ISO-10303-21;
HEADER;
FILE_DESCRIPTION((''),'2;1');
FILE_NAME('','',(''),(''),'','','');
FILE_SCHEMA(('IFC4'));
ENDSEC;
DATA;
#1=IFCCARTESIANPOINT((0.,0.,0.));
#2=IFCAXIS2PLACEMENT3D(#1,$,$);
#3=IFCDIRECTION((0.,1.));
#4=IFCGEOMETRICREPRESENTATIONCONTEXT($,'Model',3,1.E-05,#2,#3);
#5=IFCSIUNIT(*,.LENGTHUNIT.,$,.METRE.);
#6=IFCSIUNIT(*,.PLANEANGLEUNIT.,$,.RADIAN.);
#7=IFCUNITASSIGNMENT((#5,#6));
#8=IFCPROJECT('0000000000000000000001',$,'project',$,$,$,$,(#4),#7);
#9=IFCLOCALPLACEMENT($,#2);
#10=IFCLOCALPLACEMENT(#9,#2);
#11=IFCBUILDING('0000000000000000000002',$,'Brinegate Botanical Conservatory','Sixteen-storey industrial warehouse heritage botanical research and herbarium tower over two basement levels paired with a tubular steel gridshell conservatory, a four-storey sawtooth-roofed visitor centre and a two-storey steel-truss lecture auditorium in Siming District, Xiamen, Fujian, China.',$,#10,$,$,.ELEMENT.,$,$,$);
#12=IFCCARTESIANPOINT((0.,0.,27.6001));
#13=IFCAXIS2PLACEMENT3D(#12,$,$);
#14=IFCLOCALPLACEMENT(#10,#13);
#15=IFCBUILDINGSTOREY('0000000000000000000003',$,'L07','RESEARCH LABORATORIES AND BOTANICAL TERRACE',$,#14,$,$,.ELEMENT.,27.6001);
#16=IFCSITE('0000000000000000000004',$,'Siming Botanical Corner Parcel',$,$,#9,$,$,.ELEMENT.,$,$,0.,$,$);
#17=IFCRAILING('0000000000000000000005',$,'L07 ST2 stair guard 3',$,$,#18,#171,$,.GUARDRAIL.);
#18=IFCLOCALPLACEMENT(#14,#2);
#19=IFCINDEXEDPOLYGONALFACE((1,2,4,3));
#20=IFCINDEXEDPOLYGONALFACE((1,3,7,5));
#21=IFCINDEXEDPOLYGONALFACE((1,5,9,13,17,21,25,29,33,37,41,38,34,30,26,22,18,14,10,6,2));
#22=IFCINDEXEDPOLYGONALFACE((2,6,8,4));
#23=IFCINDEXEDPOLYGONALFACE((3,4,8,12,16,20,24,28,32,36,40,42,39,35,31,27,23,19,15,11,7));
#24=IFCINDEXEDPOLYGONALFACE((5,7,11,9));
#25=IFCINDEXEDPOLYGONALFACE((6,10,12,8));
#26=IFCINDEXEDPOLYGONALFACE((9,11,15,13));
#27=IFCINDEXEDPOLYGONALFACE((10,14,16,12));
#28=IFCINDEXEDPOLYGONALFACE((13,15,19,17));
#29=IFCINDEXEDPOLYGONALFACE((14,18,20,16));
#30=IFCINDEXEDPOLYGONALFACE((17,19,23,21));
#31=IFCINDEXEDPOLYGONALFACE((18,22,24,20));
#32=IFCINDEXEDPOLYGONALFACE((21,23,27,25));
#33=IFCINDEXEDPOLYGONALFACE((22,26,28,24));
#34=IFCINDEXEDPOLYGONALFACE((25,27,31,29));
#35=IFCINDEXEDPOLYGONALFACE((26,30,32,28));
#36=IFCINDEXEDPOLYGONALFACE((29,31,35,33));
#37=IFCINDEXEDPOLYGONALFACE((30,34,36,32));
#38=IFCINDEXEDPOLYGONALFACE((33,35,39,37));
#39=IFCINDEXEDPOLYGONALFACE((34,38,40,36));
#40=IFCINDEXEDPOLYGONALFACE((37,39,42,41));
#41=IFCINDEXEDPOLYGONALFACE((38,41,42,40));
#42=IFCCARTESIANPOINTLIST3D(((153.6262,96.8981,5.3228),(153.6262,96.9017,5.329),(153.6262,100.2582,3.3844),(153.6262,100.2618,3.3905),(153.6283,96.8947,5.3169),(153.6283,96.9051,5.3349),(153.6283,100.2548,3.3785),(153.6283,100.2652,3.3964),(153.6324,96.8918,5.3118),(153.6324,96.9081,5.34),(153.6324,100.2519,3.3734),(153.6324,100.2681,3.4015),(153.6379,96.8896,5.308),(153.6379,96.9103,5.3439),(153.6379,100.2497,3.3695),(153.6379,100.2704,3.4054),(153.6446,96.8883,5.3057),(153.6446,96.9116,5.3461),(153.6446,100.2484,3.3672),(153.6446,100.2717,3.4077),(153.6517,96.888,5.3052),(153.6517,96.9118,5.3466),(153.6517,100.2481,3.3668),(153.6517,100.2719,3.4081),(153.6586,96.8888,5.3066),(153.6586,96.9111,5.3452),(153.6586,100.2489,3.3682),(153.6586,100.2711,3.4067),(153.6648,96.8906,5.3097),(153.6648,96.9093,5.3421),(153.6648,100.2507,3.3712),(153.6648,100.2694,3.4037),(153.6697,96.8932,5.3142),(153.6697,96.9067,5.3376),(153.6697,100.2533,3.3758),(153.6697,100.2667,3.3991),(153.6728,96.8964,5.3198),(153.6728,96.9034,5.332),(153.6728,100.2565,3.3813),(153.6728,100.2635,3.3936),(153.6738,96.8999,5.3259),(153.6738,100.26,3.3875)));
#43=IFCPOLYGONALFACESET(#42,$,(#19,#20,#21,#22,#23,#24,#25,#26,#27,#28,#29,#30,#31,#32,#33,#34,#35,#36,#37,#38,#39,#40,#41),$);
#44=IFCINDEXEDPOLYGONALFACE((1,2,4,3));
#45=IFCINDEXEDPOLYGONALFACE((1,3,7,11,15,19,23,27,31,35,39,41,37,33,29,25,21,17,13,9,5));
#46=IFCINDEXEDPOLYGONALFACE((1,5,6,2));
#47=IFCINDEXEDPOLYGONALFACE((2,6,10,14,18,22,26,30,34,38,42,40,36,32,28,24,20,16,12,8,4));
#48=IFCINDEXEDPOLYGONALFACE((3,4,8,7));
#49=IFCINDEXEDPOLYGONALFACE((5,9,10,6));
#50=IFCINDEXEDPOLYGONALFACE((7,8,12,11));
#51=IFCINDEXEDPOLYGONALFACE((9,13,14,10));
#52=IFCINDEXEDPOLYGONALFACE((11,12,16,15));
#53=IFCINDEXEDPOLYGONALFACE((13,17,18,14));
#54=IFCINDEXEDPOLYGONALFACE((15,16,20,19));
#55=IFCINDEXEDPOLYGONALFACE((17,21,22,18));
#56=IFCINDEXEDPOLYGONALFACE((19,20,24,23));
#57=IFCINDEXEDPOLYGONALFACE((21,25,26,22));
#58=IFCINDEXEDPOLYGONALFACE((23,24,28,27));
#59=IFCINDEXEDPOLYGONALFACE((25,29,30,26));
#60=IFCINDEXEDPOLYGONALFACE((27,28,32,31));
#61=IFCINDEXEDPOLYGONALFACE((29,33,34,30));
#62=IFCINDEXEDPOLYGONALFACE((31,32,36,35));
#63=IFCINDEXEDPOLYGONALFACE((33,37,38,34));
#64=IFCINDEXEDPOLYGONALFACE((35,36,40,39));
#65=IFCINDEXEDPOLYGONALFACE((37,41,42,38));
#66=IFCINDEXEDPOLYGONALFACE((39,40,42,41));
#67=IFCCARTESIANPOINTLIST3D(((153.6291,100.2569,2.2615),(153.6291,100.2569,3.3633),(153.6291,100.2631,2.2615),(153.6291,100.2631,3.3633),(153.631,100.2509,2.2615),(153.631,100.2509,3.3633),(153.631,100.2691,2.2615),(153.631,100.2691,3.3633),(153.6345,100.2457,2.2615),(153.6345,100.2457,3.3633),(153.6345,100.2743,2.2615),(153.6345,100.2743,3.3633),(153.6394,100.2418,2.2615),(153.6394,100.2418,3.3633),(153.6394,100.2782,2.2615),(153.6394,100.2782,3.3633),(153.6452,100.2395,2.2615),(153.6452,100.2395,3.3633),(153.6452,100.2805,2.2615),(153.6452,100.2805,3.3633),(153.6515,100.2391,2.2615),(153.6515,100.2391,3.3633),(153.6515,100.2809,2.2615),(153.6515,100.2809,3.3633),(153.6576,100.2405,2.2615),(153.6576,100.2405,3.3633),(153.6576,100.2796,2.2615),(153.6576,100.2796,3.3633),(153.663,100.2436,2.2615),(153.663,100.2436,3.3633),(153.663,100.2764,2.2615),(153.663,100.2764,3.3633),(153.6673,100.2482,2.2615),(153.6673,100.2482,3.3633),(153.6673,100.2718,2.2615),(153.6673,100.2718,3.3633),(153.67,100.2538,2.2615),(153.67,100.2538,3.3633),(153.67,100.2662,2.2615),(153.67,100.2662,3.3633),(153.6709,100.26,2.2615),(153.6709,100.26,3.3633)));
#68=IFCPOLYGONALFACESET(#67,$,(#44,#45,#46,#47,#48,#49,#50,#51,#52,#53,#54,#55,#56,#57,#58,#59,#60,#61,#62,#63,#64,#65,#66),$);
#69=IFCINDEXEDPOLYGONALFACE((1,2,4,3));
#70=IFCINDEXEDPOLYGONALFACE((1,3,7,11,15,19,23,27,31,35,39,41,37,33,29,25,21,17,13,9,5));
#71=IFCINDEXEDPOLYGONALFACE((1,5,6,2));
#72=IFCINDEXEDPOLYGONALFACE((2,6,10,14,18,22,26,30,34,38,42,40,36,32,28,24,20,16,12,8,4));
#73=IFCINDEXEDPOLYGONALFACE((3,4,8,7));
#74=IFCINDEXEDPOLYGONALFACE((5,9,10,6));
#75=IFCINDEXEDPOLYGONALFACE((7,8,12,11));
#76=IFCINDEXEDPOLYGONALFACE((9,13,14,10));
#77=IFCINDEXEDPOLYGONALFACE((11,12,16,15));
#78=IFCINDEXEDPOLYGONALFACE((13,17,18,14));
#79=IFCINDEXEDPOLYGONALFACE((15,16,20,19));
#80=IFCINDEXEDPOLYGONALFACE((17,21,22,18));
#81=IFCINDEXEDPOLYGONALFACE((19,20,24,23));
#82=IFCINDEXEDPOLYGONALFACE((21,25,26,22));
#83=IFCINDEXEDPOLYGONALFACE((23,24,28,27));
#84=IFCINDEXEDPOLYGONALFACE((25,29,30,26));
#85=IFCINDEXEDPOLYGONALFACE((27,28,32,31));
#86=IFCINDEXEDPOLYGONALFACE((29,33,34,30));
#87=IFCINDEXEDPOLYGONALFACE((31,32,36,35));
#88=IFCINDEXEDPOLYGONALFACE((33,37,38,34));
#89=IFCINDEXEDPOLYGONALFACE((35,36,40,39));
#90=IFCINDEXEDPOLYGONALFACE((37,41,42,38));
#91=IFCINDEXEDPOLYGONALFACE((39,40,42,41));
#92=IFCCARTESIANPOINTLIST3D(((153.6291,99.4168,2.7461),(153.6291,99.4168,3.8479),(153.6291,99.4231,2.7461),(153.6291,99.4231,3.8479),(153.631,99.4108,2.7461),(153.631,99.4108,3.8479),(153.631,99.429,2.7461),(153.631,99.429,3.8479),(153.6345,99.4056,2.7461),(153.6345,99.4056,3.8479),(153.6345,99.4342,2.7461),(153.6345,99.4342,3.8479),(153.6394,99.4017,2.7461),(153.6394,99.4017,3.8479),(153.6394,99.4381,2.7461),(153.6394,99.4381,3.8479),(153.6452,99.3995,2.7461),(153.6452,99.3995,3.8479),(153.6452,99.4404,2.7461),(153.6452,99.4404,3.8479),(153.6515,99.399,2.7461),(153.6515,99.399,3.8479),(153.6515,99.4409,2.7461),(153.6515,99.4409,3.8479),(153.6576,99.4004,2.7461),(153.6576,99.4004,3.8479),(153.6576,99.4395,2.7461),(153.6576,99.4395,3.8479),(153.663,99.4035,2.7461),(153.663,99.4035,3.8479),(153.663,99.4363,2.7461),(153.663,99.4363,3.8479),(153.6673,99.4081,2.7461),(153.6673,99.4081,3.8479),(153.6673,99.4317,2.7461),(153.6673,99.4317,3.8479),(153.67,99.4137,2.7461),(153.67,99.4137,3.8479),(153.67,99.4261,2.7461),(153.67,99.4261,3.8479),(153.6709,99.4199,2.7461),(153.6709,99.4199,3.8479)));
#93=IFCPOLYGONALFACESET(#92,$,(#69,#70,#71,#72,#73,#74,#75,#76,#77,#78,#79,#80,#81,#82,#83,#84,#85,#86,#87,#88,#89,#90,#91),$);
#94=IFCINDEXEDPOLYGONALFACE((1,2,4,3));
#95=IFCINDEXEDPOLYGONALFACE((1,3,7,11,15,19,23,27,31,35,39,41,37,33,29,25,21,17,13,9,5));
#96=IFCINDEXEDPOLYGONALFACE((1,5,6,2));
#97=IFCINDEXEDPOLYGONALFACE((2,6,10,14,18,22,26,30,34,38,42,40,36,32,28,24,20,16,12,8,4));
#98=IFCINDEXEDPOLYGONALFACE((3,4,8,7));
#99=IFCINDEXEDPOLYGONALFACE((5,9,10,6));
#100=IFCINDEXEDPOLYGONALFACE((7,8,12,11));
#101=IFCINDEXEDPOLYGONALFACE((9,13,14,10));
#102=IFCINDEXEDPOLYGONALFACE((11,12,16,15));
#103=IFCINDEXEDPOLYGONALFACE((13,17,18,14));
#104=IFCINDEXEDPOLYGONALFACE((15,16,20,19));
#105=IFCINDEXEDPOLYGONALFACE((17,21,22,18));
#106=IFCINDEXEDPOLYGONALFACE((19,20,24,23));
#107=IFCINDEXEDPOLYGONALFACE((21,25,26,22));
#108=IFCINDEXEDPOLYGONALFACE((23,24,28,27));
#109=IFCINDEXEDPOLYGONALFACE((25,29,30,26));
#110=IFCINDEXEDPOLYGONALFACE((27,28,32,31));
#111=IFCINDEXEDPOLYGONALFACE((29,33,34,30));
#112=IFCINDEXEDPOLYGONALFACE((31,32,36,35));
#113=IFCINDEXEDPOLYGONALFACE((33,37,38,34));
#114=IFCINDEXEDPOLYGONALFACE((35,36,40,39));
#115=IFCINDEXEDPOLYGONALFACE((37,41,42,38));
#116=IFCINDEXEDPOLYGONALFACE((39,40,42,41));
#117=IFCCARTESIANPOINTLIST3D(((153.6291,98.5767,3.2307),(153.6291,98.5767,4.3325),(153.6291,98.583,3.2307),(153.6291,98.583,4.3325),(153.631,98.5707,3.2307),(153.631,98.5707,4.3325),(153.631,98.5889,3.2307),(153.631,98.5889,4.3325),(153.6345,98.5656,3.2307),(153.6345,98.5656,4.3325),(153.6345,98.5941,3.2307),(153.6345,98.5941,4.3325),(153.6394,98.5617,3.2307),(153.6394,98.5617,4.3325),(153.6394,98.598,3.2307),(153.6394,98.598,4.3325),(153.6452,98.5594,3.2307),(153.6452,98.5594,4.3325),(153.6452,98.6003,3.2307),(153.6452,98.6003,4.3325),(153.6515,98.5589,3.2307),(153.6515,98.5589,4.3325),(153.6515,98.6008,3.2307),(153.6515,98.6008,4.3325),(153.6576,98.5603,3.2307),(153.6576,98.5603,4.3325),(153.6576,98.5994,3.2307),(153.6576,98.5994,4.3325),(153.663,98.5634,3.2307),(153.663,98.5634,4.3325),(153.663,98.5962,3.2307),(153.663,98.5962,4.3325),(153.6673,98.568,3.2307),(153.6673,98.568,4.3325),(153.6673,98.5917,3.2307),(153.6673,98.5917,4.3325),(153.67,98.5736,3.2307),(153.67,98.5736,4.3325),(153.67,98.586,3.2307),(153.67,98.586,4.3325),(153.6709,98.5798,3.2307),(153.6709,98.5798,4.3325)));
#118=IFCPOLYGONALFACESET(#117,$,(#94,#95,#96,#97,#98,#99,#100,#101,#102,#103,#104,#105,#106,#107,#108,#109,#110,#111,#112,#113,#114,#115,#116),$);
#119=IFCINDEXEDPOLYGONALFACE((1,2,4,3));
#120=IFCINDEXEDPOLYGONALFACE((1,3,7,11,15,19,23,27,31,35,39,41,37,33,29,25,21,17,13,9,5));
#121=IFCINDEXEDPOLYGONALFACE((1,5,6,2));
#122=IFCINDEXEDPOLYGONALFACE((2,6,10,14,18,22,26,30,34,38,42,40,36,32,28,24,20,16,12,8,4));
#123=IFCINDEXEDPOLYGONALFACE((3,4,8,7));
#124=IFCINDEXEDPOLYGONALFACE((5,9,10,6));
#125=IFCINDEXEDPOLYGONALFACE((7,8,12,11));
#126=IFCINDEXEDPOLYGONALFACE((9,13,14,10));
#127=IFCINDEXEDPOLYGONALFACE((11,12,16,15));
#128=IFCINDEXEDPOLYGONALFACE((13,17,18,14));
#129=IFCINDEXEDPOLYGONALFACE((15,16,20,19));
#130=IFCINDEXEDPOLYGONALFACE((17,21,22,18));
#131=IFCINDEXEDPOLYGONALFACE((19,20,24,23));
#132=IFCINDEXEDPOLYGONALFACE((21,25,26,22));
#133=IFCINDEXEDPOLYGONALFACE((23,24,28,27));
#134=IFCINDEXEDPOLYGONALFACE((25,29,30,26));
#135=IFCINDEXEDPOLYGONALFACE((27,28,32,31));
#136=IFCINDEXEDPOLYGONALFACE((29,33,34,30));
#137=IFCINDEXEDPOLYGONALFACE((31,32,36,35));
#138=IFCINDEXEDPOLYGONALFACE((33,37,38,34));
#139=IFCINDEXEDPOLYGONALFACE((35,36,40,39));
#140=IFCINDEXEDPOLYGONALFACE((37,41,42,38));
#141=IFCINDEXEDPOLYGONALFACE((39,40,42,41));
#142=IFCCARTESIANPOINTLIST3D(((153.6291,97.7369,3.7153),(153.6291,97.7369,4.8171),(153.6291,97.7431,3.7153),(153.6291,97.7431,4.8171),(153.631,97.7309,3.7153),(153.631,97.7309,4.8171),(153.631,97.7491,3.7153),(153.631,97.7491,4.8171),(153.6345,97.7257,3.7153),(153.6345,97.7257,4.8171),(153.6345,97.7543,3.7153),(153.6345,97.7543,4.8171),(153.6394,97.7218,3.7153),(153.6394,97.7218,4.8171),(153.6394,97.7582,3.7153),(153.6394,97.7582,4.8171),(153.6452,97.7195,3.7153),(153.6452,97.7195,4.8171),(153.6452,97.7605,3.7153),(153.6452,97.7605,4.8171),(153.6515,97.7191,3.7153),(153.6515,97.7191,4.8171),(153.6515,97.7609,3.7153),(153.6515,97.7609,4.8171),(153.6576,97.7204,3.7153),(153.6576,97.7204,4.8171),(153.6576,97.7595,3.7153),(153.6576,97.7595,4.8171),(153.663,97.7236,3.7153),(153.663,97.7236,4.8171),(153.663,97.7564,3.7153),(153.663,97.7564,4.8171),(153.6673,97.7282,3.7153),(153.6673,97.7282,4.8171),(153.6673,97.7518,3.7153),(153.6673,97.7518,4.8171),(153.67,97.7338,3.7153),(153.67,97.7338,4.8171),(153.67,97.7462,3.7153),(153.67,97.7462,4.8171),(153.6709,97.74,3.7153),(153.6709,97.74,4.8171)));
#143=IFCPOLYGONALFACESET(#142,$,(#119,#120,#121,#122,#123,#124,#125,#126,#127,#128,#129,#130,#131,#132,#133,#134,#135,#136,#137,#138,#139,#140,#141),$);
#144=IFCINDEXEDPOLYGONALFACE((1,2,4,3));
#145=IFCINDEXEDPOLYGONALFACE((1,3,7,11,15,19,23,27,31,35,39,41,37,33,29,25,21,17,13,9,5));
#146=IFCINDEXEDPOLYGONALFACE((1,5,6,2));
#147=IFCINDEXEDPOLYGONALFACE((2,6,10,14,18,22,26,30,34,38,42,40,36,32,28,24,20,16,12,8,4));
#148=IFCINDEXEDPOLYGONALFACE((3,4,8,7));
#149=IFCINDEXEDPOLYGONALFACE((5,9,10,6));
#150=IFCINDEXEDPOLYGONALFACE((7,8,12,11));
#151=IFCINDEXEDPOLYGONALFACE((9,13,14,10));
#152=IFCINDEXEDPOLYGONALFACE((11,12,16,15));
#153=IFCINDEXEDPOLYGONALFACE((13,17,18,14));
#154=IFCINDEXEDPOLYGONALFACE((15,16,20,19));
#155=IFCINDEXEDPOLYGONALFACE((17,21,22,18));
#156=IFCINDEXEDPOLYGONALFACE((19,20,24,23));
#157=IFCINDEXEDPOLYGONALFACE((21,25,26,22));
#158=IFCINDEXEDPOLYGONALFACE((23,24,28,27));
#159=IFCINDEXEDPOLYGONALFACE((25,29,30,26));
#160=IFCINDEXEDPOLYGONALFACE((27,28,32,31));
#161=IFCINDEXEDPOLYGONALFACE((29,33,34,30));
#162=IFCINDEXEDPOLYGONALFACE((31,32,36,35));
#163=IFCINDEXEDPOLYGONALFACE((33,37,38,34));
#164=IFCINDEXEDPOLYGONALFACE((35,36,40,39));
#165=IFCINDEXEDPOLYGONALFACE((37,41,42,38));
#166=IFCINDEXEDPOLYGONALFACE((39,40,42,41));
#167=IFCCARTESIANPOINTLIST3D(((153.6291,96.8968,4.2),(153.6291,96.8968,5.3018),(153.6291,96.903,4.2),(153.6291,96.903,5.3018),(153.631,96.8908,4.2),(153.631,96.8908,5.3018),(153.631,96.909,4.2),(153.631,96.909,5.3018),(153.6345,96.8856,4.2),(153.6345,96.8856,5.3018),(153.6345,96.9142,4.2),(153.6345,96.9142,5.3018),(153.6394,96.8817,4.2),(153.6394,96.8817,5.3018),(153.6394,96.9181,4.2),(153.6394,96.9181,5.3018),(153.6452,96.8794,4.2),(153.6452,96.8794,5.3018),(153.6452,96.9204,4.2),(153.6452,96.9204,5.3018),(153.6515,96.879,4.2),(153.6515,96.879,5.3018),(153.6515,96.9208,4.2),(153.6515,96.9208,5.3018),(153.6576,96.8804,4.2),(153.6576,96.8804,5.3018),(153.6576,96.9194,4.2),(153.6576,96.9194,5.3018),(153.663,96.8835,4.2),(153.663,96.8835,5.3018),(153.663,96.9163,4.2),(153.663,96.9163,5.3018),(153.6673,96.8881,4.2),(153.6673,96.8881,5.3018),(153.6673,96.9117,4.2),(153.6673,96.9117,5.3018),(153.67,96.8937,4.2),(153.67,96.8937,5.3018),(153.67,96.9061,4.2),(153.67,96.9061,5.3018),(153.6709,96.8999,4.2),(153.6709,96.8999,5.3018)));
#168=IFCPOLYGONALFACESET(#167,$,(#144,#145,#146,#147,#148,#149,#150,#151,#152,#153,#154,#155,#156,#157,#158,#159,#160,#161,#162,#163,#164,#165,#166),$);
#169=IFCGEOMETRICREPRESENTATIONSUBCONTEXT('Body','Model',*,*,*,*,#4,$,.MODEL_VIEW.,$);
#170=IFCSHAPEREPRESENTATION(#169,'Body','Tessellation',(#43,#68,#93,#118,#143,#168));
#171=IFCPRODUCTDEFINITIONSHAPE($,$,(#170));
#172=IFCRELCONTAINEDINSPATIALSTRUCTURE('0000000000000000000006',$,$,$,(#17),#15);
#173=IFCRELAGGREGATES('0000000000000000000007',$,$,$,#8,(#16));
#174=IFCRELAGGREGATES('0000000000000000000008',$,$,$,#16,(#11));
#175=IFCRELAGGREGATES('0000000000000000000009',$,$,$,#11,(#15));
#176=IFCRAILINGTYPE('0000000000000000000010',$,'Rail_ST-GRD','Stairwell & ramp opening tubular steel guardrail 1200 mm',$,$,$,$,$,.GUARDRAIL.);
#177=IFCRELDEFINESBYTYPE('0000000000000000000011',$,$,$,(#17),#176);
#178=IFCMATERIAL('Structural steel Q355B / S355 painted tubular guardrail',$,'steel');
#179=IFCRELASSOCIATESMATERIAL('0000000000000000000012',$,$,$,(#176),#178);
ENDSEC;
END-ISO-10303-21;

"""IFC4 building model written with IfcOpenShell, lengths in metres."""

from ifc_helpers import new_model, si_unit, direction, frame, origin, origin_2d, place, context, subcontext, project, spatial, circle, extrude, material, type_object, element, save


model = new_model("IFC4")

# Units and contexts
model_context = context("Model", 3, precision=1e-05, world=origin(), true_north=direction((0.0, 1.0)))
body_context = subcontext(model_context, "Body", "Model", "MODEL_VIEW")
ifc_project = project(units=[si_unit("LENGTHUNIT", "METRE"), si_unit("PLANEANGLEUNIT", "RADIAN")], contexts=[model_context])

# Site, building, storey
site_placement = place(None, origin())
site = spatial("IfcSite", under=ifc_project, at=site_placement, Name="Siming Botanical Corner Parcel", CompositionType="ELEMENT", RefElevation=0.0)
building_placement = place(site_placement, origin())
building = spatial("IfcBuilding", under=site, at=building_placement, Name="Brinegate Botanical Conservatory", Description="Sixteen-storey industrial warehouse heritage botanical research and herbarium tower over two basement levels paired with a tubular steel gridshell conservatory, a four-storey sawtooth-roofed visitor centre and a two-storey steel-truss lecture auditorium in Siming District, Xiamen, Fujian, China.", CompositionType="ELEMENT")
storey_placement = place(building_placement, frame((0.0, 0.0, 27.6001)))
storey = spatial("IfcBuildingStorey", under=building, at=storey_placement, Name="L07", Description="RESEARCH LABORATORIES AND BOTANICAL TERRACE", CompositionType="ELEMENT", Elevation=27.6001)

# Railing
ifc_material_1 = material(Name="Structural steel Q355B / S355 painted tubular guardrail", Category="steel")
railing_type_1 = type_object("IfcRailingType", Name="Rail_ST-GRD", Description="Stairwell & ramp opening tubular steel guardrail 1200 mm", PredefinedType="GUARDRAIL", material=ifc_material_1)
railing_1_placement = place(storey_placement, frame((153.6499, 100.26, 2.2615)))
element("IfcRailing", 1, at=railing_1_placement, inside=storey, type_object=railing_type_1, Name="L07 ST2 stair guard 3", PredefinedType="GUARDRAIL", context=body_context, shape_type="SweptSolid", body=[
    extrude(circle(Radius=0.0239, at=origin_2d()), frame((0.0, 0.0, 1.126), z_axis=(0.0, -0.866191, 0.499713), x_axis=(1.0, 0.0, 0.0)), (0.0, 0.0, 1.0), 3.8792),
    extrude(circle(Radius=0.021, at=origin_2d()), origin(), (0.0, 0.0, 1.0), 1.1018),
    extrude(circle(Radius=0.021, at=origin_2d()), frame((0.0, -0.8401, 0.4846)), (0.0, 0.0, 1.0), 1.1018),
    extrude(circle(Radius=0.021, at=origin_2d()), frame((0.0, -1.6802, 0.9692)), (0.0, 0.0, 1.0), 1.1018),
    extrude(circle(Radius=0.021, at=origin_2d()), frame((0.0, -2.52, 1.4539)), (0.0, 0.0, 1.0), 1.1018),
    extrude(circle(Radius=0.021, at=origin_2d()), frame((0.0, -3.3601, 1.9385)), (0.0, 0.0, 1.0), 1.1018),
])

save(model, "model.ifc")
